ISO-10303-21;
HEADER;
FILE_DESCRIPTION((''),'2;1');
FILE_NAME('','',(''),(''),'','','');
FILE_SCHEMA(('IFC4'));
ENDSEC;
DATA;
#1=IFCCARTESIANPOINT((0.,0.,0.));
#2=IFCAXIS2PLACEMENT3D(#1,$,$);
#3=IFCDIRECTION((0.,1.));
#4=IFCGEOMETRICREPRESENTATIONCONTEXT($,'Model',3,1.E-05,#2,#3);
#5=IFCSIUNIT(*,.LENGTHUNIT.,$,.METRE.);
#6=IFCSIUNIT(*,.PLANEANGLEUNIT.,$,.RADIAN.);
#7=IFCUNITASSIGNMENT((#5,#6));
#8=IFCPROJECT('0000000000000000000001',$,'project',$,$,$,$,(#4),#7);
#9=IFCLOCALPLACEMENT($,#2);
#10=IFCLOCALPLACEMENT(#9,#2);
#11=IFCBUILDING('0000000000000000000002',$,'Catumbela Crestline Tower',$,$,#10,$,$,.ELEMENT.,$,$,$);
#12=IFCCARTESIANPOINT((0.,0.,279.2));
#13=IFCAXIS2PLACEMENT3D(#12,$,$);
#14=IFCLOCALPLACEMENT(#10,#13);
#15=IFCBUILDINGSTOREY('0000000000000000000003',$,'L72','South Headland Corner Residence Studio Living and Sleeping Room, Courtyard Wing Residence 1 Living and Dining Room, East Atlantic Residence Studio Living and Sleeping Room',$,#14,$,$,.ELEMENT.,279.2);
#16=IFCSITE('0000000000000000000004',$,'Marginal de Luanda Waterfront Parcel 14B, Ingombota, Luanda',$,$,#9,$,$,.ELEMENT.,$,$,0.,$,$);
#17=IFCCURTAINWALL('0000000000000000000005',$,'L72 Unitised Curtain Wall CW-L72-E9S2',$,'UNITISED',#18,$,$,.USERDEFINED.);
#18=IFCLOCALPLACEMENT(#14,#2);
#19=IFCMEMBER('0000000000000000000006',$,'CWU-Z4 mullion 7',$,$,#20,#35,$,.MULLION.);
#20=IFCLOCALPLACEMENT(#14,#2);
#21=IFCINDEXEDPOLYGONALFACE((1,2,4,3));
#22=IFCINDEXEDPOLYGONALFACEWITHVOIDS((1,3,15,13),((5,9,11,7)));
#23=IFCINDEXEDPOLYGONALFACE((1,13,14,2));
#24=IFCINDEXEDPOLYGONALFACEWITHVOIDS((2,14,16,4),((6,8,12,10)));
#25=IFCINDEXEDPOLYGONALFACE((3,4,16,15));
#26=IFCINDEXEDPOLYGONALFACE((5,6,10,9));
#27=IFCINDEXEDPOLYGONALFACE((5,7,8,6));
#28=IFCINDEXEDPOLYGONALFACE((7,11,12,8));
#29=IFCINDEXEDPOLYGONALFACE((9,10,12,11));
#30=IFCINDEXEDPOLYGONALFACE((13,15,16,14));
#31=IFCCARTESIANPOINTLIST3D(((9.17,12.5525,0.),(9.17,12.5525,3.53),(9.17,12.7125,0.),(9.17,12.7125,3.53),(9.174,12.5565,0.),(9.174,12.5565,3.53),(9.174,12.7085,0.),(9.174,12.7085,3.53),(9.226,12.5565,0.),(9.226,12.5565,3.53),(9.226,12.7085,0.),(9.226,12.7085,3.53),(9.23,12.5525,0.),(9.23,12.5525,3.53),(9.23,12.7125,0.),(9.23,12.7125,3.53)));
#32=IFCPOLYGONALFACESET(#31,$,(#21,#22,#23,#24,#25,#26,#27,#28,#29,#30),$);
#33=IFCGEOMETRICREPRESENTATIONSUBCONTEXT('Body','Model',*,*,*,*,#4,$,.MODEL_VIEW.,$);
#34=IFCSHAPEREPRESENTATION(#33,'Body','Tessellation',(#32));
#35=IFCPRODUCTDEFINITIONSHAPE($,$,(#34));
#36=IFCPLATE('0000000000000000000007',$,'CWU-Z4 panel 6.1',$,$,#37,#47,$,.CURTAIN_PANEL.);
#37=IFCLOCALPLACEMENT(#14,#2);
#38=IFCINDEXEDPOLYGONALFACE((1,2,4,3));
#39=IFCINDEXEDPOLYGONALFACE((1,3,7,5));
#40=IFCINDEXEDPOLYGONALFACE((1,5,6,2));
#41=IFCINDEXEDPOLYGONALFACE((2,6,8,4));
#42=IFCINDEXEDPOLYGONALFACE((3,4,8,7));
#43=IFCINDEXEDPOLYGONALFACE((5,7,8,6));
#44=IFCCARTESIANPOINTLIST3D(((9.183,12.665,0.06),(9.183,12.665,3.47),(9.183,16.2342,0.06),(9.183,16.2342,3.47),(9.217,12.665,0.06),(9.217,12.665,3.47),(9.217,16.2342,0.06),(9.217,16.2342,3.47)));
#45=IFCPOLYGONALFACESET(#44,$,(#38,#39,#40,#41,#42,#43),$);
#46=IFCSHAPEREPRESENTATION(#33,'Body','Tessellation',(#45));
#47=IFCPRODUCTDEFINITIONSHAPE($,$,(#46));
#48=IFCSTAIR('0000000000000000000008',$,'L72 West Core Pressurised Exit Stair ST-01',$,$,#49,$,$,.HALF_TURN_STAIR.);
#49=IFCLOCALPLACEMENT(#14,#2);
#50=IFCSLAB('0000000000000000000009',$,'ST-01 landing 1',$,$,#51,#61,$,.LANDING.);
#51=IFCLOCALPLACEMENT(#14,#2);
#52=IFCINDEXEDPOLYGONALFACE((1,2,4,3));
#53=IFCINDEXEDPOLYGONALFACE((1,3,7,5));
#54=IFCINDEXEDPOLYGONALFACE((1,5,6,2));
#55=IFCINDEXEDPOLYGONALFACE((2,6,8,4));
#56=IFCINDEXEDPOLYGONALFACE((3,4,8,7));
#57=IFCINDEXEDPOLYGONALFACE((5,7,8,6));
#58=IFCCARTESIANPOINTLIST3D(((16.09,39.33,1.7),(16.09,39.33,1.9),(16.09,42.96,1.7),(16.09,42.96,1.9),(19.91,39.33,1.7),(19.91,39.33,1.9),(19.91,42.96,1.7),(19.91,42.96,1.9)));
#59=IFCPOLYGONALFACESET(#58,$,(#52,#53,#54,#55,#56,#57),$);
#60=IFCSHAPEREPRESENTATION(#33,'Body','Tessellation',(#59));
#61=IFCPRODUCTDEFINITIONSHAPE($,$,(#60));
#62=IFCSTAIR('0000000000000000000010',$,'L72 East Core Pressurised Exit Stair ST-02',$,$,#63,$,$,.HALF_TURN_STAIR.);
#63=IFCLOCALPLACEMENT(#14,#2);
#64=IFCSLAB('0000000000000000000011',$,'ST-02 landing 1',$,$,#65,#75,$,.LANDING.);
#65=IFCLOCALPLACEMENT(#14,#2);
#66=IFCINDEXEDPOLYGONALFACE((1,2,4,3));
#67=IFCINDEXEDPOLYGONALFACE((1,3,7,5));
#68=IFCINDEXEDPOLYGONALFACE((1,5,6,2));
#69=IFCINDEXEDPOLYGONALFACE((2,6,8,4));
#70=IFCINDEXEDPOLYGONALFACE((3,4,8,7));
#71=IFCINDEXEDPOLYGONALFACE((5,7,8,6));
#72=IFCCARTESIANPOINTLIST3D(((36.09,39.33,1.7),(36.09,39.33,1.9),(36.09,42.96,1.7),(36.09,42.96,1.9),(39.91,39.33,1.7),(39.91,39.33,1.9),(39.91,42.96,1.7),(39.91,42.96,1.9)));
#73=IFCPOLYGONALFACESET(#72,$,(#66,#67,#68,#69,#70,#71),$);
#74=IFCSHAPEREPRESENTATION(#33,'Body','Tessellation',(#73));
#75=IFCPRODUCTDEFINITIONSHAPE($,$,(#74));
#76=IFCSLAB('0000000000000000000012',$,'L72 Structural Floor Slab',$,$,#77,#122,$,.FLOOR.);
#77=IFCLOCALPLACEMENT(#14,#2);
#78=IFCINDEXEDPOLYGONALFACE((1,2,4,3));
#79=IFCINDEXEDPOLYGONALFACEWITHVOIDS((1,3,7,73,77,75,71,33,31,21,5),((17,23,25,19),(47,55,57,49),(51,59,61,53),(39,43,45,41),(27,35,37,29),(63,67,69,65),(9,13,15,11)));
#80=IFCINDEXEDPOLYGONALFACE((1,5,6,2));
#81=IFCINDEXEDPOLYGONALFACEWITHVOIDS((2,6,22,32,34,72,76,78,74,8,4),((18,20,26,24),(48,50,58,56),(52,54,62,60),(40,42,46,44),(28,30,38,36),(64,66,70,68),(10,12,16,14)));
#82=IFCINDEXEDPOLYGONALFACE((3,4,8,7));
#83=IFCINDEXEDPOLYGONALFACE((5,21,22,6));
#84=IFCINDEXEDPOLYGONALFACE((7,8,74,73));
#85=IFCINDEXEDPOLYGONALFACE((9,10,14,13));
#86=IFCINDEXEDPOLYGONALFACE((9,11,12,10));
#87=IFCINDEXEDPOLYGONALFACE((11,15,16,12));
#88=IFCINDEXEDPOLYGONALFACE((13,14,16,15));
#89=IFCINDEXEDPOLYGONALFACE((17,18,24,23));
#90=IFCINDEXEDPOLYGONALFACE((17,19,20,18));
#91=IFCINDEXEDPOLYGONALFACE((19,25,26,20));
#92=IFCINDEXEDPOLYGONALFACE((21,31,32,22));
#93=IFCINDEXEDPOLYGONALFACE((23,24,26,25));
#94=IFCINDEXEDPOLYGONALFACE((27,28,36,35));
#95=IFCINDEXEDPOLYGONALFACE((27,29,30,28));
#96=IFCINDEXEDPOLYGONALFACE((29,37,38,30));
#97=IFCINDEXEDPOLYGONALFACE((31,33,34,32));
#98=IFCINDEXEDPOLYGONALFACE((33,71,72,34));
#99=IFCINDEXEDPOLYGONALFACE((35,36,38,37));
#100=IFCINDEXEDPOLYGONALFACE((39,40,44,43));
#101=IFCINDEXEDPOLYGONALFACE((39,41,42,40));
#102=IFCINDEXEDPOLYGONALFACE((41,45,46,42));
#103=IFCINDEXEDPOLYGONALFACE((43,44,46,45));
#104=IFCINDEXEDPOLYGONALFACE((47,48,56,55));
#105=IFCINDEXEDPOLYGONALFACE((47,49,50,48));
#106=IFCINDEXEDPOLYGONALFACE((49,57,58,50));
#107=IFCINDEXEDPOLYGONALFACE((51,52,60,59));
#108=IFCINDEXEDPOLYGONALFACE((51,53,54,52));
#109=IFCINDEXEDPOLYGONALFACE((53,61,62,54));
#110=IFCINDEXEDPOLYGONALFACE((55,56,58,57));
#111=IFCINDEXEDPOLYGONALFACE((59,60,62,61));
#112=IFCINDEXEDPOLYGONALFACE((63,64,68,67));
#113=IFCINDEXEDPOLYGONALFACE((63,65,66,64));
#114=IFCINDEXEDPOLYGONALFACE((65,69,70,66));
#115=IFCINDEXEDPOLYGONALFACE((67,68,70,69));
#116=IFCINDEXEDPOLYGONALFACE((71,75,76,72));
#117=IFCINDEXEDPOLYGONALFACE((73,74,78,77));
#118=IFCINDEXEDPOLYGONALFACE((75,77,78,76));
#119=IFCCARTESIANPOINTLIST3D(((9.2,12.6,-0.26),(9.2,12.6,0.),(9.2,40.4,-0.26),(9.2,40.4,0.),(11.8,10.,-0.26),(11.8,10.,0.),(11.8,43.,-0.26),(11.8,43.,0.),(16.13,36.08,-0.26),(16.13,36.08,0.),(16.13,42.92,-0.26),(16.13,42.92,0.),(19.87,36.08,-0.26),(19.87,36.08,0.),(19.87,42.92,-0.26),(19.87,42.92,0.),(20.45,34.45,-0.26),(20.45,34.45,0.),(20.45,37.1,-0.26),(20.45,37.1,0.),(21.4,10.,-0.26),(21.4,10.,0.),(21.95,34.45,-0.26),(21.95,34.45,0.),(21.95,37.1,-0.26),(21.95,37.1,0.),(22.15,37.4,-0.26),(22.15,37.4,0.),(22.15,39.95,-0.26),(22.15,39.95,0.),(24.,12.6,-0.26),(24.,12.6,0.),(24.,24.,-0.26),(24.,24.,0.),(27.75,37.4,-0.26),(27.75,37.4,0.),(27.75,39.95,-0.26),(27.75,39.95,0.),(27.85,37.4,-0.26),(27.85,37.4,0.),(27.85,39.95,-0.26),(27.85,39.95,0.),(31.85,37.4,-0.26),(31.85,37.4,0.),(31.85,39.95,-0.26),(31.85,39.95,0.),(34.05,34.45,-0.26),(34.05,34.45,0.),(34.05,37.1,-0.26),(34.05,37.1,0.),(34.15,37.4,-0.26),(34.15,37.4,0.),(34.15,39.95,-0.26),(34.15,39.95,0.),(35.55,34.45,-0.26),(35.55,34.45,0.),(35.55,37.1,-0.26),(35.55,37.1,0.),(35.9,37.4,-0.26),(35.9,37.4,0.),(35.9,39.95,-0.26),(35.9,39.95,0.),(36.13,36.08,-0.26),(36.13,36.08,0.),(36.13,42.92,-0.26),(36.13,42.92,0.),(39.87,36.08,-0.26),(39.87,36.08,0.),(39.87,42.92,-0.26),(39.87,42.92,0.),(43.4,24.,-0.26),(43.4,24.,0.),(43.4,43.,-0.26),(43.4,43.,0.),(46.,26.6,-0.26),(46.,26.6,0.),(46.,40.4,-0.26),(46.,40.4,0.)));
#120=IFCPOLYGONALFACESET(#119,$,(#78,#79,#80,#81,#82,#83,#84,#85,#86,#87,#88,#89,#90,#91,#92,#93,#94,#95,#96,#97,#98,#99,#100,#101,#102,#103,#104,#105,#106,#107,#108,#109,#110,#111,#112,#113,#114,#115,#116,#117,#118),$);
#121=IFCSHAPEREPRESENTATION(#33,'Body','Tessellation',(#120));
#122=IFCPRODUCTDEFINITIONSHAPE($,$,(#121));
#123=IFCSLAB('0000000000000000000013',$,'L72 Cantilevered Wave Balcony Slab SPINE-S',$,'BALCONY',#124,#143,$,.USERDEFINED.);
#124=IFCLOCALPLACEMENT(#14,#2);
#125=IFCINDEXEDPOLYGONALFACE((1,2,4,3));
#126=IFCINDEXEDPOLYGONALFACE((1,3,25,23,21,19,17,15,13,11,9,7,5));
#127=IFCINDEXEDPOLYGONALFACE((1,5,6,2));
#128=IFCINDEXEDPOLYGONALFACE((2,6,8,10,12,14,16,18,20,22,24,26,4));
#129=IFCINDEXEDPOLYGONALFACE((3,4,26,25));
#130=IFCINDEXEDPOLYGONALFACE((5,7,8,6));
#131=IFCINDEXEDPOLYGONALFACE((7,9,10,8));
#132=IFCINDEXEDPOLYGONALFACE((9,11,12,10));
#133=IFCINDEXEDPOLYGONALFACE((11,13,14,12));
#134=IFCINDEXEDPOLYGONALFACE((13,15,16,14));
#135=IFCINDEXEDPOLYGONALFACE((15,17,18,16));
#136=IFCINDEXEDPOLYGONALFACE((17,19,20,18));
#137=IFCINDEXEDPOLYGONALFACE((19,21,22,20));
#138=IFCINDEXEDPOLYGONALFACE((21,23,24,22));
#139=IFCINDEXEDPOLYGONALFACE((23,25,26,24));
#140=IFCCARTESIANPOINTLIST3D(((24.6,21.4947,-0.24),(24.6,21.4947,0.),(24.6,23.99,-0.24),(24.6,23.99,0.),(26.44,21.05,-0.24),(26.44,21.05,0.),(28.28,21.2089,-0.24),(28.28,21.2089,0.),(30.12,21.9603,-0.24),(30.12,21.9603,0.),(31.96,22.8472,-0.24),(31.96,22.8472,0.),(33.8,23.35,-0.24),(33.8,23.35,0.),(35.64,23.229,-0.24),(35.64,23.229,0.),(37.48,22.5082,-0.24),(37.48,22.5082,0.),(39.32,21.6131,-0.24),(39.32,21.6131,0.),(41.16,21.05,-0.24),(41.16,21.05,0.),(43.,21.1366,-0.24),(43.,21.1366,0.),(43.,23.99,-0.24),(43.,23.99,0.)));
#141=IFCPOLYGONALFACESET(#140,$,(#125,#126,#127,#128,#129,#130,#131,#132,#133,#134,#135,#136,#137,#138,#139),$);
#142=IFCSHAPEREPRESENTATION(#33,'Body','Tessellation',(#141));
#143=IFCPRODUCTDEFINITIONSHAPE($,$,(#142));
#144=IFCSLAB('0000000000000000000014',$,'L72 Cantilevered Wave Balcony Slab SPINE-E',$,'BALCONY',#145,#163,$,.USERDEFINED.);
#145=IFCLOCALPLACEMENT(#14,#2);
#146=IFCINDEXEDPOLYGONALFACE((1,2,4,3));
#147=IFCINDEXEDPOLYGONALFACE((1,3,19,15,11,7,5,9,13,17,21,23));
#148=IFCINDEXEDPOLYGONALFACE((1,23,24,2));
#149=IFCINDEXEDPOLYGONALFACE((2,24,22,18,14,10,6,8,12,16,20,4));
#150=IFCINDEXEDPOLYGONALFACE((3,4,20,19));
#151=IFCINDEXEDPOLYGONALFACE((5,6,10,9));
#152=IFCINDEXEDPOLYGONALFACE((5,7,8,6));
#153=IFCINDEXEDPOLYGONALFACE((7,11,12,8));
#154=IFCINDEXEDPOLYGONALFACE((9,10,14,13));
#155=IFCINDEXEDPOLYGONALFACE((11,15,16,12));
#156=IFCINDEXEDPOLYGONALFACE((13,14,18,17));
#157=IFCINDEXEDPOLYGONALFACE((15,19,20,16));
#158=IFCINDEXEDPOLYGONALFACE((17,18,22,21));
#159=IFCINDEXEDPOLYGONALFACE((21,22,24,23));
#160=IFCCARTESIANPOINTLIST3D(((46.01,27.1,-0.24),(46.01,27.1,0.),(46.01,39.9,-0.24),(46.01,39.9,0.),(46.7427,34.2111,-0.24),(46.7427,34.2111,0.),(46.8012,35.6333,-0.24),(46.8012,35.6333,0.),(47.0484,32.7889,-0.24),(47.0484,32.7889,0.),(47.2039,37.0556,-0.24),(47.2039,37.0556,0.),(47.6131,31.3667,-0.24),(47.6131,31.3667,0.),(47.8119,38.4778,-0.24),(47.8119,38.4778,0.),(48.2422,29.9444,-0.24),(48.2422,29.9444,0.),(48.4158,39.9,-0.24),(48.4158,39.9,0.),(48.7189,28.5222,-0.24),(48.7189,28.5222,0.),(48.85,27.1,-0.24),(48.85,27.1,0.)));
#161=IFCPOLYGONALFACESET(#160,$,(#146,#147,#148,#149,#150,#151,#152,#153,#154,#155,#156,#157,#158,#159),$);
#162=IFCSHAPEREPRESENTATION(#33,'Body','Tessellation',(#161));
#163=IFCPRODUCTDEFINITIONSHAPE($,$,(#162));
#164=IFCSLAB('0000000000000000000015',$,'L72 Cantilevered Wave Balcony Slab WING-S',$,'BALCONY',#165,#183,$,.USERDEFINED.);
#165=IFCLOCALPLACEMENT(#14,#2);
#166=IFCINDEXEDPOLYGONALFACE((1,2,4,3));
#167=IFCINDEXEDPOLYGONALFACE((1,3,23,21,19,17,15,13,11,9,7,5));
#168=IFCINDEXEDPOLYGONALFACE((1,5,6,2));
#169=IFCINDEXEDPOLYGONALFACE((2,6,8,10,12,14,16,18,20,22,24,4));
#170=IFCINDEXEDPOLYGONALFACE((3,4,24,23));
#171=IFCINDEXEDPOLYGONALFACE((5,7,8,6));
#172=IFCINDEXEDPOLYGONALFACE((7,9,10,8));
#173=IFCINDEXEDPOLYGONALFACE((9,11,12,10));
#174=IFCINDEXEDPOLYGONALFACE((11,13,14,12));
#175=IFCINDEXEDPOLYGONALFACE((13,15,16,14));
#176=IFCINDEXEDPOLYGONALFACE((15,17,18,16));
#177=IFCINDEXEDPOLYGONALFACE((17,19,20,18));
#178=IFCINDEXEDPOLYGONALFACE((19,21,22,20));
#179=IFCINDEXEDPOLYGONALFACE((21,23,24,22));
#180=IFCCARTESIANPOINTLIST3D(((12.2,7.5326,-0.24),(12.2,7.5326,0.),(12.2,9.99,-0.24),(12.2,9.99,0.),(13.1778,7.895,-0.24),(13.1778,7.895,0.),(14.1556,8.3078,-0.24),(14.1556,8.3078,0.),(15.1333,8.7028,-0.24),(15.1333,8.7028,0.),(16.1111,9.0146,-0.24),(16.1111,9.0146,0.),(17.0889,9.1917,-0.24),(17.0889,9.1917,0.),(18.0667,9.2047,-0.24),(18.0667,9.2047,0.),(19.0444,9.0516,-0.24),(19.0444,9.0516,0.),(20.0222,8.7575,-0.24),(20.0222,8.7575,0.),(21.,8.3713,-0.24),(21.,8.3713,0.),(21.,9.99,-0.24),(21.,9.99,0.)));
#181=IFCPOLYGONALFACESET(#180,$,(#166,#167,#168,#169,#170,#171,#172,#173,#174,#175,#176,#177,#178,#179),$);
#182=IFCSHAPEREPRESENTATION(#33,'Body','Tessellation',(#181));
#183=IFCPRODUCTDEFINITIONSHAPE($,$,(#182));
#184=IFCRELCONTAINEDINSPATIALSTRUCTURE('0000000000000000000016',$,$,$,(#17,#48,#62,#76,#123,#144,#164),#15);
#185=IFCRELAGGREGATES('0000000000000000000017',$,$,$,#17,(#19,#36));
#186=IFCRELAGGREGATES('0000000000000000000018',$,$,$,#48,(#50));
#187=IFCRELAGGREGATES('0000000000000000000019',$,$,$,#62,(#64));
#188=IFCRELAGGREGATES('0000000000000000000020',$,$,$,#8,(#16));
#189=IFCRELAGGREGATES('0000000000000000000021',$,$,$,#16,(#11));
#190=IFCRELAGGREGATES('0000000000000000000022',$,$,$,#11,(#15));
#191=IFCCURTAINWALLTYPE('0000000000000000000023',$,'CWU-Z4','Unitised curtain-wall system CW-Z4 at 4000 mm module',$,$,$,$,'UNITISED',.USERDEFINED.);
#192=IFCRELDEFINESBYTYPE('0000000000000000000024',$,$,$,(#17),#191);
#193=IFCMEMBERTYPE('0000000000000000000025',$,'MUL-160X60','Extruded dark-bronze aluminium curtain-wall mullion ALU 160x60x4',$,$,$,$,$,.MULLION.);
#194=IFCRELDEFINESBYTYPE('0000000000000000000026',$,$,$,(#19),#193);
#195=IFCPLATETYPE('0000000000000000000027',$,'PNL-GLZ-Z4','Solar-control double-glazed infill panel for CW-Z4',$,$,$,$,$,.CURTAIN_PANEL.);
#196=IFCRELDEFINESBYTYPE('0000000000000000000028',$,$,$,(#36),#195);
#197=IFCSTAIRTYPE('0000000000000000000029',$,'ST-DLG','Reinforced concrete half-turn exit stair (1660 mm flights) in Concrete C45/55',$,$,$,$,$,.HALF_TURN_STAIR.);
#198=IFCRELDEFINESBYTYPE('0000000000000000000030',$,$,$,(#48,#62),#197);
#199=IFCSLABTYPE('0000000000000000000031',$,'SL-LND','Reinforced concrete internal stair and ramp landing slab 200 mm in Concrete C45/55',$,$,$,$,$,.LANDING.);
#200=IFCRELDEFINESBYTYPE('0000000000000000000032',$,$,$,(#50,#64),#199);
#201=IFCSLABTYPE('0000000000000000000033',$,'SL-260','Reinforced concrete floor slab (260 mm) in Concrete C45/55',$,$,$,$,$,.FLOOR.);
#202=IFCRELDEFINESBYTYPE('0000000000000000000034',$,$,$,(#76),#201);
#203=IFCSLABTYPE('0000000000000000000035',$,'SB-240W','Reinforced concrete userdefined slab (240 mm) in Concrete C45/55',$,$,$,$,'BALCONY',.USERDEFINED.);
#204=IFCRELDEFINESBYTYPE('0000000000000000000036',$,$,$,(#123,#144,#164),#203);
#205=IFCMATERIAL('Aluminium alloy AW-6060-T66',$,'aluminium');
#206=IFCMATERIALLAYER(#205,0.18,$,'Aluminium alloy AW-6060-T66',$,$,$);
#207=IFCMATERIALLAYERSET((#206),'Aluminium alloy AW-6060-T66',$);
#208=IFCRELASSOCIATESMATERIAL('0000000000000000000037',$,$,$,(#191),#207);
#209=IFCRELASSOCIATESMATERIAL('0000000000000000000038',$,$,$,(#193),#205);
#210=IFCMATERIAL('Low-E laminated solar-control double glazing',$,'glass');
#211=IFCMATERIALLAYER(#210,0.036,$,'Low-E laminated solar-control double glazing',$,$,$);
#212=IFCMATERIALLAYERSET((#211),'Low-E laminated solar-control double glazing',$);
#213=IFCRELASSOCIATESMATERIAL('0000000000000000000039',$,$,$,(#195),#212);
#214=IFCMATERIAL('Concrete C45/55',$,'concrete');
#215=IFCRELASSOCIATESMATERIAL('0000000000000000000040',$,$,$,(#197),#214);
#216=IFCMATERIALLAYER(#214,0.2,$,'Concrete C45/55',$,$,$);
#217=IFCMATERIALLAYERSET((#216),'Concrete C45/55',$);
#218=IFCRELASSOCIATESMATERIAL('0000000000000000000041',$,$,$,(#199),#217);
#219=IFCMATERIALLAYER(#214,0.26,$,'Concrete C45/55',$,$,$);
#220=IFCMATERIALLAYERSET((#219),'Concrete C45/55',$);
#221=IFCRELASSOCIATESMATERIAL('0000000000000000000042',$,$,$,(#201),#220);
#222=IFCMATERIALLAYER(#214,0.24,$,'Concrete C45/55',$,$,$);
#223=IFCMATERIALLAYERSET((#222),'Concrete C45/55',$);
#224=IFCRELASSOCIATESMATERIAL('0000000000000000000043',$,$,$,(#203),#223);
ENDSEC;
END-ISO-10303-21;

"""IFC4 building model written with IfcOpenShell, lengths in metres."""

from ifc_helpers import new_model, si_unit, direction, frame, origin, origin_2d, place, context, subcontext, project, spatial, polyline, rectangle, hollow_rectangle, outline, extrude, material, layer, layer_set, material_profile, profile_set, type_object, element, aggregate, save


model = new_model("IFC4")

# Units and contexts
model_context = context("Model", 3, precision=1e-05, world=origin(), true_north=direction((0.0, 1.0)))
body_context = subcontext(model_context, "Body", "Model", "MODEL_VIEW")
ifc_project = project(units=[si_unit("LENGTHUNIT", "METRE"), si_unit("PLANEANGLEUNIT", "RADIAN")], contexts=[model_context])

# Site, building, storey
site_placement = place(None, origin())
site = spatial("IfcSite", under=ifc_project, at=site_placement, Name="Marginal de Luanda Waterfront Parcel 14B, Ingombota, Luanda", CompositionType="ELEMENT", RefElevation=0.0)
building_placement = place(site_placement, origin())
building = spatial("IfcBuilding", under=site, at=building_placement, Name="Catumbela Crestline Tower", CompositionType="ELEMENT")
storey_placement = place(building_placement, frame((0.0, 0.0, 279.2)))
storey = spatial("IfcBuildingStorey", under=building, at=storey_placement, Name="L72", Description="South Headland Corner Residence Studio Living and Sleeping Room, Courtyard Wing Residence 1 Living and Dining Room, East Atlantic Residence Studio Living and Sleeping Room", CompositionType="ELEMENT", Elevation=279.2)

# Curtain wall, member, plate
ifc_material_1 = material(Name="Aluminium alloy AW-6060-T66", Category="aluminium")
ifc_layer_1 = layer(ifc_material_1, 0.18, Name="Aluminium alloy AW-6060-T66")
ifc_layer_set_1 = layer_set([ifc_layer_1], Name="Aluminium alloy AW-6060-T66")
curtain_wall_type = type_object("IfcCurtainWallType", Name="CWU-Z4", Description="Unitised curtain-wall system CW-Z4 at 4000 mm module", ElementType="UNITISED", PredefinedType="USERDEFINED", material=ifc_layer_set_1)
curtain_wall_placement = place(storey_placement, origin())
curtain_wall = element("IfcCurtainWall", 1, at=curtain_wall_placement, inside=storey, type_object=curtain_wall_type, Name="L72 Unitised Curtain Wall CW-L72-E9S2", ObjectType="UNITISED", PredefinedType="USERDEFINED")
ifc_material_profile = material_profile(ifc_material_1, hollow_rectangle(XDim=0.06, YDim=0.16, WallThickness=0.004, at=origin_2d()), Name="ALU 160x60x4")
ifc_profile_set = profile_set([ifc_material_profile], Name="Aluminium alloy AW-6060-T66")
member_type = type_object("IfcMemberType", Name="MUL-160X60", Description="Extruded dark-bronze aluminium curtain-wall mullion ALU 160x60x4", PredefinedType="MULLION", material=ifc_profile_set)
member_placement = place(storey_placement, frame((9.2, 12.6325, 0.0), z_axis=(0.0, 0.0, 1.0), x_axis=(1.0, 0.0, 0.0)))
member = element("IfcMember", 2, at=member_placement, type_object=member_type, Name="CWU-Z4 mullion 7", PredefinedType="MULLION", context=body_context, shape_type="SweptSolid", body=[
    extrude(hollow_rectangle(XDim=0.06, YDim=0.16, WallThickness=0.004, at=origin_2d()), origin(), (0.0, 0.0, 1.0), 3.53),
])
ifc_material_2 = material(Name="Low-E laminated solar-control double glazing", Category="glass")
ifc_layer_2 = layer(ifc_material_2, 0.036, Name="Low-E laminated solar-control double glazing")
ifc_layer_set_2 = layer_set([ifc_layer_2], Name="Low-E laminated solar-control double glazing")
plate_type = type_object("IfcPlateType", Name="PNL-GLZ-Z4", Description="Solar-control double-glazed infill panel for CW-Z4", PredefinedType="CURTAIN_PANEL", material=ifc_layer_set_2)
plate_placement = place(storey_placement, frame((9.2, 14.4496, 0.06), z_axis=(0.0, 0.0, 1.0), x_axis=(0.0, -1.0, 0.0)))
plate = element("IfcPlate", 3, at=plate_placement, type_object=plate_type, Name="CWU-Z4 panel 6.1", PredefinedType="CURTAIN_PANEL", context=body_context, shape_type="SweptSolid", body=[
    extrude(rectangle(XDim=3.5692, YDim=0.034, at=origin_2d()), origin(), (0.0, 0.0, 1.0), 3.41),
])
aggregate(curtain_wall, [member, plate])

# Stairs, slabs
ifc_material_3 = material(Name="Concrete C45/55", Category="concrete")
stair_type = type_object("IfcStairType", Name="ST-DLG", Description="Reinforced concrete half-turn exit stair (1660 mm flights) in Concrete C45/55", PredefinedType="HALF_TURN_STAIR", material=ifc_material_3)
stair_1_placement = place(storey_placement, origin())
stair_1 = element("IfcStair", 4, at=stair_1_placement, inside=storey, type_object=stair_type, Name="L72 West Core Pressurised Exit Stair ST-01", PredefinedType="HALF_TURN_STAIR")
ifc_layer_3 = layer(ifc_material_3, 0.2, Name="Concrete C45/55")
ifc_layer_set_3 = layer_set([ifc_layer_3], Name="Concrete C45/55")
slab_type_1 = type_object("IfcSlabType", Name="SL-LND", Description="Reinforced concrete internal stair and ramp landing slab 200 mm in Concrete C45/55", PredefinedType="LANDING", material=ifc_layer_set_3)
slab_1_placement = place(storey_placement, frame((0.0, 0.0, 1.7)))
slab_1 = element("IfcSlab", 5, at=slab_1_placement, type_object=slab_type_1, Name="ST-01 landing 1", PredefinedType="LANDING", context=body_context, shape_type="SweptSolid", body=[
    extrude(outline(polyline([(19.91, 39.33), (19.91, 42.96), (16.09, 42.96), (16.09, 39.33), (19.91, 39.33)])), origin(), (0.0, 0.0, 1.0), 0.2),
])
aggregate(stair_1, [slab_1])
stair_2_placement = place(storey_placement, origin())
stair_2 = element("IfcStair", 6, at=stair_2_placement, inside=storey, type_object=stair_type, Name="L72 East Core Pressurised Exit Stair ST-02", PredefinedType="HALF_TURN_STAIR")
slab_2_placement = place(storey_placement, frame((0.0, 0.0, 1.7)))
slab_2 = element("IfcSlab", 7, at=slab_2_placement, type_object=slab_type_1, Name="ST-02 landing 1", PredefinedType="LANDING", context=body_context, shape_type="SweptSolid", body=[
    extrude(outline(polyline([(39.91, 39.33), (39.91, 42.96), (36.09, 42.96), (36.09, 39.33), (39.91, 39.33)])), origin(), (0.0, 0.0, 1.0), 0.2),
])
aggregate(stair_2, [slab_2])

# Slabs
ifc_layer_4 = layer(ifc_material_3, 0.26, Name="Concrete C45/55")
ifc_layer_set_4 = layer_set([ifc_layer_4], Name="Concrete C45/55")
slab_type_2 = type_object("IfcSlabType", Name="SL-260", Description="Reinforced concrete floor slab (260 mm) in Concrete C45/55", PredefinedType="FLOOR", material=ifc_layer_set_4)
slab_3_placement = place(storey_placement, frame((0.0, 0.0, -0.26)))
element("IfcSlab", 8, at=slab_3_placement, inside=storey, type_object=slab_type_2, Name="L72 Structural Floor Slab", PredefinedType="FLOOR", context=body_context, shape_type="SweptSolid", body=[
    extrude(outline(polyline([(11.8, 10.0), (21.4, 10.0), (24.0, 12.6), (24.0, 24.0), (43.4, 24.0), (46.0, 26.6), (46.0, 40.4), (43.4, 43.0), (11.8, 43.0), (9.2, 40.4), (9.2, 12.6), (11.8, 10.0)]), holes=[polyline([(16.13, 36.08), (19.87, 36.08), (19.87, 42.92), (16.13, 42.92), (16.13, 36.08)]), polyline([(36.13, 36.08), (39.87, 36.08), (39.87, 42.92), (36.13, 42.92), (36.13, 36.08)]), polyline([(22.15, 37.4), (27.75, 37.4), (27.75, 39.95), (22.15, 39.95), (22.15, 37.4)]), polyline([(27.85, 37.4), (31.85, 37.4), (31.85, 39.95), (27.85, 39.95), (27.85, 37.4)]), polyline([(20.45, 34.45), (21.95, 34.45), (21.95, 37.1), (20.45, 37.1), (20.45, 34.45)]), polyline([(34.05, 34.45), (35.55, 34.45), (35.55, 37.1), (34.05, 37.1), (34.05, 34.45)]), polyline([(34.15, 37.4), (35.9, 37.4), (35.9, 39.95), (34.15, 39.95), (34.15, 37.4)])]), origin(), (0.0, 0.0, 1.0), 0.26),
])
ifc_layer_5 = layer(ifc_material_3, 0.24, Name="Concrete C45/55")
ifc_layer_set_5 = layer_set([ifc_layer_5], Name="Concrete C45/55")
slab_type_3 = type_object("IfcSlabType", Name="SB-240W", Description="Reinforced concrete userdefined slab (240 mm) in Concrete C45/55", ElementType="BALCONY", PredefinedType="USERDEFINED", material=ifc_layer_set_5)
slab_4_placement = place(storey_placement, frame((0.0, 0.0, -0.24)))
element("IfcSlab", 9, at=slab_4_placement, inside=storey, type_object=slab_type_3, Name="L72 Cantilevered Wave Balcony Slab SPINE-S", ObjectType="BALCONY", PredefinedType="USERDEFINED", context=body_context, shape_type="SweptSolid", body=[
    extrude(outline(polyline([(24.6, 21.4947), (26.44, 21.05), (28.28, 21.2089), (30.12, 21.9603), (31.96, 22.8472), (33.8, 23.35), (35.64, 23.229), (37.48, 22.5082), (39.32, 21.6131), (41.16, 21.05), (43.0, 21.1366), (43.0, 23.99), (24.6, 23.99), (24.6, 21.4947)])), origin(), (0.0, 0.0, 1.0), 0.24),
])
slab_5_placement = place(storey_placement, frame((0.0, 0.0, -0.24)))
element("IfcSlab", 10, at=slab_5_placement, inside=storey, type_object=slab_type_3, Name="L72 Cantilevered Wave Balcony Slab SPINE-E", ObjectType="BALCONY", PredefinedType="USERDEFINED", context=body_context, shape_type="SweptSolid", body=[
    extrude(outline(polyline([(46.01, 27.1), (48.85, 27.1), (48.7189, 28.5222), (48.2422, 29.9444), (47.6131, 31.3667), (47.0484, 32.7889), (46.7427, 34.2111), (46.8012, 35.6333), (47.2039, 37.0556), (47.8119, 38.4778), (48.4158, 39.9), (46.01, 39.9), (46.01, 27.1)])), origin(), (0.0, 0.0, 1.0), 0.24),
])
slab_6_placement = place(storey_placement, frame((0.0, 0.0, -0.24)))
element("IfcSlab", 11, at=slab_6_placement, inside=storey, type_object=slab_type_3, Name="L72 Cantilevered Wave Balcony Slab WING-S", ObjectType="BALCONY", PredefinedType="USERDEFINED", context=body_context, shape_type="SweptSolid", body=[
    extrude(outline(polyline([(12.2, 7.5326), (13.1778, 7.895), (14.1556, 8.3078), (15.1333, 8.7028), (16.1111, 9.0146), (17.0889, 9.1917), (18.0667, 9.2047), (19.0444, 9.0516), (20.0222, 8.7575), (21.0, 8.3713), (21.0, 9.99), (12.2, 9.99), (12.2, 7.5326)])), origin(), (0.0, 0.0, 1.0), 0.24),
])

save(model, "model.ifc")
